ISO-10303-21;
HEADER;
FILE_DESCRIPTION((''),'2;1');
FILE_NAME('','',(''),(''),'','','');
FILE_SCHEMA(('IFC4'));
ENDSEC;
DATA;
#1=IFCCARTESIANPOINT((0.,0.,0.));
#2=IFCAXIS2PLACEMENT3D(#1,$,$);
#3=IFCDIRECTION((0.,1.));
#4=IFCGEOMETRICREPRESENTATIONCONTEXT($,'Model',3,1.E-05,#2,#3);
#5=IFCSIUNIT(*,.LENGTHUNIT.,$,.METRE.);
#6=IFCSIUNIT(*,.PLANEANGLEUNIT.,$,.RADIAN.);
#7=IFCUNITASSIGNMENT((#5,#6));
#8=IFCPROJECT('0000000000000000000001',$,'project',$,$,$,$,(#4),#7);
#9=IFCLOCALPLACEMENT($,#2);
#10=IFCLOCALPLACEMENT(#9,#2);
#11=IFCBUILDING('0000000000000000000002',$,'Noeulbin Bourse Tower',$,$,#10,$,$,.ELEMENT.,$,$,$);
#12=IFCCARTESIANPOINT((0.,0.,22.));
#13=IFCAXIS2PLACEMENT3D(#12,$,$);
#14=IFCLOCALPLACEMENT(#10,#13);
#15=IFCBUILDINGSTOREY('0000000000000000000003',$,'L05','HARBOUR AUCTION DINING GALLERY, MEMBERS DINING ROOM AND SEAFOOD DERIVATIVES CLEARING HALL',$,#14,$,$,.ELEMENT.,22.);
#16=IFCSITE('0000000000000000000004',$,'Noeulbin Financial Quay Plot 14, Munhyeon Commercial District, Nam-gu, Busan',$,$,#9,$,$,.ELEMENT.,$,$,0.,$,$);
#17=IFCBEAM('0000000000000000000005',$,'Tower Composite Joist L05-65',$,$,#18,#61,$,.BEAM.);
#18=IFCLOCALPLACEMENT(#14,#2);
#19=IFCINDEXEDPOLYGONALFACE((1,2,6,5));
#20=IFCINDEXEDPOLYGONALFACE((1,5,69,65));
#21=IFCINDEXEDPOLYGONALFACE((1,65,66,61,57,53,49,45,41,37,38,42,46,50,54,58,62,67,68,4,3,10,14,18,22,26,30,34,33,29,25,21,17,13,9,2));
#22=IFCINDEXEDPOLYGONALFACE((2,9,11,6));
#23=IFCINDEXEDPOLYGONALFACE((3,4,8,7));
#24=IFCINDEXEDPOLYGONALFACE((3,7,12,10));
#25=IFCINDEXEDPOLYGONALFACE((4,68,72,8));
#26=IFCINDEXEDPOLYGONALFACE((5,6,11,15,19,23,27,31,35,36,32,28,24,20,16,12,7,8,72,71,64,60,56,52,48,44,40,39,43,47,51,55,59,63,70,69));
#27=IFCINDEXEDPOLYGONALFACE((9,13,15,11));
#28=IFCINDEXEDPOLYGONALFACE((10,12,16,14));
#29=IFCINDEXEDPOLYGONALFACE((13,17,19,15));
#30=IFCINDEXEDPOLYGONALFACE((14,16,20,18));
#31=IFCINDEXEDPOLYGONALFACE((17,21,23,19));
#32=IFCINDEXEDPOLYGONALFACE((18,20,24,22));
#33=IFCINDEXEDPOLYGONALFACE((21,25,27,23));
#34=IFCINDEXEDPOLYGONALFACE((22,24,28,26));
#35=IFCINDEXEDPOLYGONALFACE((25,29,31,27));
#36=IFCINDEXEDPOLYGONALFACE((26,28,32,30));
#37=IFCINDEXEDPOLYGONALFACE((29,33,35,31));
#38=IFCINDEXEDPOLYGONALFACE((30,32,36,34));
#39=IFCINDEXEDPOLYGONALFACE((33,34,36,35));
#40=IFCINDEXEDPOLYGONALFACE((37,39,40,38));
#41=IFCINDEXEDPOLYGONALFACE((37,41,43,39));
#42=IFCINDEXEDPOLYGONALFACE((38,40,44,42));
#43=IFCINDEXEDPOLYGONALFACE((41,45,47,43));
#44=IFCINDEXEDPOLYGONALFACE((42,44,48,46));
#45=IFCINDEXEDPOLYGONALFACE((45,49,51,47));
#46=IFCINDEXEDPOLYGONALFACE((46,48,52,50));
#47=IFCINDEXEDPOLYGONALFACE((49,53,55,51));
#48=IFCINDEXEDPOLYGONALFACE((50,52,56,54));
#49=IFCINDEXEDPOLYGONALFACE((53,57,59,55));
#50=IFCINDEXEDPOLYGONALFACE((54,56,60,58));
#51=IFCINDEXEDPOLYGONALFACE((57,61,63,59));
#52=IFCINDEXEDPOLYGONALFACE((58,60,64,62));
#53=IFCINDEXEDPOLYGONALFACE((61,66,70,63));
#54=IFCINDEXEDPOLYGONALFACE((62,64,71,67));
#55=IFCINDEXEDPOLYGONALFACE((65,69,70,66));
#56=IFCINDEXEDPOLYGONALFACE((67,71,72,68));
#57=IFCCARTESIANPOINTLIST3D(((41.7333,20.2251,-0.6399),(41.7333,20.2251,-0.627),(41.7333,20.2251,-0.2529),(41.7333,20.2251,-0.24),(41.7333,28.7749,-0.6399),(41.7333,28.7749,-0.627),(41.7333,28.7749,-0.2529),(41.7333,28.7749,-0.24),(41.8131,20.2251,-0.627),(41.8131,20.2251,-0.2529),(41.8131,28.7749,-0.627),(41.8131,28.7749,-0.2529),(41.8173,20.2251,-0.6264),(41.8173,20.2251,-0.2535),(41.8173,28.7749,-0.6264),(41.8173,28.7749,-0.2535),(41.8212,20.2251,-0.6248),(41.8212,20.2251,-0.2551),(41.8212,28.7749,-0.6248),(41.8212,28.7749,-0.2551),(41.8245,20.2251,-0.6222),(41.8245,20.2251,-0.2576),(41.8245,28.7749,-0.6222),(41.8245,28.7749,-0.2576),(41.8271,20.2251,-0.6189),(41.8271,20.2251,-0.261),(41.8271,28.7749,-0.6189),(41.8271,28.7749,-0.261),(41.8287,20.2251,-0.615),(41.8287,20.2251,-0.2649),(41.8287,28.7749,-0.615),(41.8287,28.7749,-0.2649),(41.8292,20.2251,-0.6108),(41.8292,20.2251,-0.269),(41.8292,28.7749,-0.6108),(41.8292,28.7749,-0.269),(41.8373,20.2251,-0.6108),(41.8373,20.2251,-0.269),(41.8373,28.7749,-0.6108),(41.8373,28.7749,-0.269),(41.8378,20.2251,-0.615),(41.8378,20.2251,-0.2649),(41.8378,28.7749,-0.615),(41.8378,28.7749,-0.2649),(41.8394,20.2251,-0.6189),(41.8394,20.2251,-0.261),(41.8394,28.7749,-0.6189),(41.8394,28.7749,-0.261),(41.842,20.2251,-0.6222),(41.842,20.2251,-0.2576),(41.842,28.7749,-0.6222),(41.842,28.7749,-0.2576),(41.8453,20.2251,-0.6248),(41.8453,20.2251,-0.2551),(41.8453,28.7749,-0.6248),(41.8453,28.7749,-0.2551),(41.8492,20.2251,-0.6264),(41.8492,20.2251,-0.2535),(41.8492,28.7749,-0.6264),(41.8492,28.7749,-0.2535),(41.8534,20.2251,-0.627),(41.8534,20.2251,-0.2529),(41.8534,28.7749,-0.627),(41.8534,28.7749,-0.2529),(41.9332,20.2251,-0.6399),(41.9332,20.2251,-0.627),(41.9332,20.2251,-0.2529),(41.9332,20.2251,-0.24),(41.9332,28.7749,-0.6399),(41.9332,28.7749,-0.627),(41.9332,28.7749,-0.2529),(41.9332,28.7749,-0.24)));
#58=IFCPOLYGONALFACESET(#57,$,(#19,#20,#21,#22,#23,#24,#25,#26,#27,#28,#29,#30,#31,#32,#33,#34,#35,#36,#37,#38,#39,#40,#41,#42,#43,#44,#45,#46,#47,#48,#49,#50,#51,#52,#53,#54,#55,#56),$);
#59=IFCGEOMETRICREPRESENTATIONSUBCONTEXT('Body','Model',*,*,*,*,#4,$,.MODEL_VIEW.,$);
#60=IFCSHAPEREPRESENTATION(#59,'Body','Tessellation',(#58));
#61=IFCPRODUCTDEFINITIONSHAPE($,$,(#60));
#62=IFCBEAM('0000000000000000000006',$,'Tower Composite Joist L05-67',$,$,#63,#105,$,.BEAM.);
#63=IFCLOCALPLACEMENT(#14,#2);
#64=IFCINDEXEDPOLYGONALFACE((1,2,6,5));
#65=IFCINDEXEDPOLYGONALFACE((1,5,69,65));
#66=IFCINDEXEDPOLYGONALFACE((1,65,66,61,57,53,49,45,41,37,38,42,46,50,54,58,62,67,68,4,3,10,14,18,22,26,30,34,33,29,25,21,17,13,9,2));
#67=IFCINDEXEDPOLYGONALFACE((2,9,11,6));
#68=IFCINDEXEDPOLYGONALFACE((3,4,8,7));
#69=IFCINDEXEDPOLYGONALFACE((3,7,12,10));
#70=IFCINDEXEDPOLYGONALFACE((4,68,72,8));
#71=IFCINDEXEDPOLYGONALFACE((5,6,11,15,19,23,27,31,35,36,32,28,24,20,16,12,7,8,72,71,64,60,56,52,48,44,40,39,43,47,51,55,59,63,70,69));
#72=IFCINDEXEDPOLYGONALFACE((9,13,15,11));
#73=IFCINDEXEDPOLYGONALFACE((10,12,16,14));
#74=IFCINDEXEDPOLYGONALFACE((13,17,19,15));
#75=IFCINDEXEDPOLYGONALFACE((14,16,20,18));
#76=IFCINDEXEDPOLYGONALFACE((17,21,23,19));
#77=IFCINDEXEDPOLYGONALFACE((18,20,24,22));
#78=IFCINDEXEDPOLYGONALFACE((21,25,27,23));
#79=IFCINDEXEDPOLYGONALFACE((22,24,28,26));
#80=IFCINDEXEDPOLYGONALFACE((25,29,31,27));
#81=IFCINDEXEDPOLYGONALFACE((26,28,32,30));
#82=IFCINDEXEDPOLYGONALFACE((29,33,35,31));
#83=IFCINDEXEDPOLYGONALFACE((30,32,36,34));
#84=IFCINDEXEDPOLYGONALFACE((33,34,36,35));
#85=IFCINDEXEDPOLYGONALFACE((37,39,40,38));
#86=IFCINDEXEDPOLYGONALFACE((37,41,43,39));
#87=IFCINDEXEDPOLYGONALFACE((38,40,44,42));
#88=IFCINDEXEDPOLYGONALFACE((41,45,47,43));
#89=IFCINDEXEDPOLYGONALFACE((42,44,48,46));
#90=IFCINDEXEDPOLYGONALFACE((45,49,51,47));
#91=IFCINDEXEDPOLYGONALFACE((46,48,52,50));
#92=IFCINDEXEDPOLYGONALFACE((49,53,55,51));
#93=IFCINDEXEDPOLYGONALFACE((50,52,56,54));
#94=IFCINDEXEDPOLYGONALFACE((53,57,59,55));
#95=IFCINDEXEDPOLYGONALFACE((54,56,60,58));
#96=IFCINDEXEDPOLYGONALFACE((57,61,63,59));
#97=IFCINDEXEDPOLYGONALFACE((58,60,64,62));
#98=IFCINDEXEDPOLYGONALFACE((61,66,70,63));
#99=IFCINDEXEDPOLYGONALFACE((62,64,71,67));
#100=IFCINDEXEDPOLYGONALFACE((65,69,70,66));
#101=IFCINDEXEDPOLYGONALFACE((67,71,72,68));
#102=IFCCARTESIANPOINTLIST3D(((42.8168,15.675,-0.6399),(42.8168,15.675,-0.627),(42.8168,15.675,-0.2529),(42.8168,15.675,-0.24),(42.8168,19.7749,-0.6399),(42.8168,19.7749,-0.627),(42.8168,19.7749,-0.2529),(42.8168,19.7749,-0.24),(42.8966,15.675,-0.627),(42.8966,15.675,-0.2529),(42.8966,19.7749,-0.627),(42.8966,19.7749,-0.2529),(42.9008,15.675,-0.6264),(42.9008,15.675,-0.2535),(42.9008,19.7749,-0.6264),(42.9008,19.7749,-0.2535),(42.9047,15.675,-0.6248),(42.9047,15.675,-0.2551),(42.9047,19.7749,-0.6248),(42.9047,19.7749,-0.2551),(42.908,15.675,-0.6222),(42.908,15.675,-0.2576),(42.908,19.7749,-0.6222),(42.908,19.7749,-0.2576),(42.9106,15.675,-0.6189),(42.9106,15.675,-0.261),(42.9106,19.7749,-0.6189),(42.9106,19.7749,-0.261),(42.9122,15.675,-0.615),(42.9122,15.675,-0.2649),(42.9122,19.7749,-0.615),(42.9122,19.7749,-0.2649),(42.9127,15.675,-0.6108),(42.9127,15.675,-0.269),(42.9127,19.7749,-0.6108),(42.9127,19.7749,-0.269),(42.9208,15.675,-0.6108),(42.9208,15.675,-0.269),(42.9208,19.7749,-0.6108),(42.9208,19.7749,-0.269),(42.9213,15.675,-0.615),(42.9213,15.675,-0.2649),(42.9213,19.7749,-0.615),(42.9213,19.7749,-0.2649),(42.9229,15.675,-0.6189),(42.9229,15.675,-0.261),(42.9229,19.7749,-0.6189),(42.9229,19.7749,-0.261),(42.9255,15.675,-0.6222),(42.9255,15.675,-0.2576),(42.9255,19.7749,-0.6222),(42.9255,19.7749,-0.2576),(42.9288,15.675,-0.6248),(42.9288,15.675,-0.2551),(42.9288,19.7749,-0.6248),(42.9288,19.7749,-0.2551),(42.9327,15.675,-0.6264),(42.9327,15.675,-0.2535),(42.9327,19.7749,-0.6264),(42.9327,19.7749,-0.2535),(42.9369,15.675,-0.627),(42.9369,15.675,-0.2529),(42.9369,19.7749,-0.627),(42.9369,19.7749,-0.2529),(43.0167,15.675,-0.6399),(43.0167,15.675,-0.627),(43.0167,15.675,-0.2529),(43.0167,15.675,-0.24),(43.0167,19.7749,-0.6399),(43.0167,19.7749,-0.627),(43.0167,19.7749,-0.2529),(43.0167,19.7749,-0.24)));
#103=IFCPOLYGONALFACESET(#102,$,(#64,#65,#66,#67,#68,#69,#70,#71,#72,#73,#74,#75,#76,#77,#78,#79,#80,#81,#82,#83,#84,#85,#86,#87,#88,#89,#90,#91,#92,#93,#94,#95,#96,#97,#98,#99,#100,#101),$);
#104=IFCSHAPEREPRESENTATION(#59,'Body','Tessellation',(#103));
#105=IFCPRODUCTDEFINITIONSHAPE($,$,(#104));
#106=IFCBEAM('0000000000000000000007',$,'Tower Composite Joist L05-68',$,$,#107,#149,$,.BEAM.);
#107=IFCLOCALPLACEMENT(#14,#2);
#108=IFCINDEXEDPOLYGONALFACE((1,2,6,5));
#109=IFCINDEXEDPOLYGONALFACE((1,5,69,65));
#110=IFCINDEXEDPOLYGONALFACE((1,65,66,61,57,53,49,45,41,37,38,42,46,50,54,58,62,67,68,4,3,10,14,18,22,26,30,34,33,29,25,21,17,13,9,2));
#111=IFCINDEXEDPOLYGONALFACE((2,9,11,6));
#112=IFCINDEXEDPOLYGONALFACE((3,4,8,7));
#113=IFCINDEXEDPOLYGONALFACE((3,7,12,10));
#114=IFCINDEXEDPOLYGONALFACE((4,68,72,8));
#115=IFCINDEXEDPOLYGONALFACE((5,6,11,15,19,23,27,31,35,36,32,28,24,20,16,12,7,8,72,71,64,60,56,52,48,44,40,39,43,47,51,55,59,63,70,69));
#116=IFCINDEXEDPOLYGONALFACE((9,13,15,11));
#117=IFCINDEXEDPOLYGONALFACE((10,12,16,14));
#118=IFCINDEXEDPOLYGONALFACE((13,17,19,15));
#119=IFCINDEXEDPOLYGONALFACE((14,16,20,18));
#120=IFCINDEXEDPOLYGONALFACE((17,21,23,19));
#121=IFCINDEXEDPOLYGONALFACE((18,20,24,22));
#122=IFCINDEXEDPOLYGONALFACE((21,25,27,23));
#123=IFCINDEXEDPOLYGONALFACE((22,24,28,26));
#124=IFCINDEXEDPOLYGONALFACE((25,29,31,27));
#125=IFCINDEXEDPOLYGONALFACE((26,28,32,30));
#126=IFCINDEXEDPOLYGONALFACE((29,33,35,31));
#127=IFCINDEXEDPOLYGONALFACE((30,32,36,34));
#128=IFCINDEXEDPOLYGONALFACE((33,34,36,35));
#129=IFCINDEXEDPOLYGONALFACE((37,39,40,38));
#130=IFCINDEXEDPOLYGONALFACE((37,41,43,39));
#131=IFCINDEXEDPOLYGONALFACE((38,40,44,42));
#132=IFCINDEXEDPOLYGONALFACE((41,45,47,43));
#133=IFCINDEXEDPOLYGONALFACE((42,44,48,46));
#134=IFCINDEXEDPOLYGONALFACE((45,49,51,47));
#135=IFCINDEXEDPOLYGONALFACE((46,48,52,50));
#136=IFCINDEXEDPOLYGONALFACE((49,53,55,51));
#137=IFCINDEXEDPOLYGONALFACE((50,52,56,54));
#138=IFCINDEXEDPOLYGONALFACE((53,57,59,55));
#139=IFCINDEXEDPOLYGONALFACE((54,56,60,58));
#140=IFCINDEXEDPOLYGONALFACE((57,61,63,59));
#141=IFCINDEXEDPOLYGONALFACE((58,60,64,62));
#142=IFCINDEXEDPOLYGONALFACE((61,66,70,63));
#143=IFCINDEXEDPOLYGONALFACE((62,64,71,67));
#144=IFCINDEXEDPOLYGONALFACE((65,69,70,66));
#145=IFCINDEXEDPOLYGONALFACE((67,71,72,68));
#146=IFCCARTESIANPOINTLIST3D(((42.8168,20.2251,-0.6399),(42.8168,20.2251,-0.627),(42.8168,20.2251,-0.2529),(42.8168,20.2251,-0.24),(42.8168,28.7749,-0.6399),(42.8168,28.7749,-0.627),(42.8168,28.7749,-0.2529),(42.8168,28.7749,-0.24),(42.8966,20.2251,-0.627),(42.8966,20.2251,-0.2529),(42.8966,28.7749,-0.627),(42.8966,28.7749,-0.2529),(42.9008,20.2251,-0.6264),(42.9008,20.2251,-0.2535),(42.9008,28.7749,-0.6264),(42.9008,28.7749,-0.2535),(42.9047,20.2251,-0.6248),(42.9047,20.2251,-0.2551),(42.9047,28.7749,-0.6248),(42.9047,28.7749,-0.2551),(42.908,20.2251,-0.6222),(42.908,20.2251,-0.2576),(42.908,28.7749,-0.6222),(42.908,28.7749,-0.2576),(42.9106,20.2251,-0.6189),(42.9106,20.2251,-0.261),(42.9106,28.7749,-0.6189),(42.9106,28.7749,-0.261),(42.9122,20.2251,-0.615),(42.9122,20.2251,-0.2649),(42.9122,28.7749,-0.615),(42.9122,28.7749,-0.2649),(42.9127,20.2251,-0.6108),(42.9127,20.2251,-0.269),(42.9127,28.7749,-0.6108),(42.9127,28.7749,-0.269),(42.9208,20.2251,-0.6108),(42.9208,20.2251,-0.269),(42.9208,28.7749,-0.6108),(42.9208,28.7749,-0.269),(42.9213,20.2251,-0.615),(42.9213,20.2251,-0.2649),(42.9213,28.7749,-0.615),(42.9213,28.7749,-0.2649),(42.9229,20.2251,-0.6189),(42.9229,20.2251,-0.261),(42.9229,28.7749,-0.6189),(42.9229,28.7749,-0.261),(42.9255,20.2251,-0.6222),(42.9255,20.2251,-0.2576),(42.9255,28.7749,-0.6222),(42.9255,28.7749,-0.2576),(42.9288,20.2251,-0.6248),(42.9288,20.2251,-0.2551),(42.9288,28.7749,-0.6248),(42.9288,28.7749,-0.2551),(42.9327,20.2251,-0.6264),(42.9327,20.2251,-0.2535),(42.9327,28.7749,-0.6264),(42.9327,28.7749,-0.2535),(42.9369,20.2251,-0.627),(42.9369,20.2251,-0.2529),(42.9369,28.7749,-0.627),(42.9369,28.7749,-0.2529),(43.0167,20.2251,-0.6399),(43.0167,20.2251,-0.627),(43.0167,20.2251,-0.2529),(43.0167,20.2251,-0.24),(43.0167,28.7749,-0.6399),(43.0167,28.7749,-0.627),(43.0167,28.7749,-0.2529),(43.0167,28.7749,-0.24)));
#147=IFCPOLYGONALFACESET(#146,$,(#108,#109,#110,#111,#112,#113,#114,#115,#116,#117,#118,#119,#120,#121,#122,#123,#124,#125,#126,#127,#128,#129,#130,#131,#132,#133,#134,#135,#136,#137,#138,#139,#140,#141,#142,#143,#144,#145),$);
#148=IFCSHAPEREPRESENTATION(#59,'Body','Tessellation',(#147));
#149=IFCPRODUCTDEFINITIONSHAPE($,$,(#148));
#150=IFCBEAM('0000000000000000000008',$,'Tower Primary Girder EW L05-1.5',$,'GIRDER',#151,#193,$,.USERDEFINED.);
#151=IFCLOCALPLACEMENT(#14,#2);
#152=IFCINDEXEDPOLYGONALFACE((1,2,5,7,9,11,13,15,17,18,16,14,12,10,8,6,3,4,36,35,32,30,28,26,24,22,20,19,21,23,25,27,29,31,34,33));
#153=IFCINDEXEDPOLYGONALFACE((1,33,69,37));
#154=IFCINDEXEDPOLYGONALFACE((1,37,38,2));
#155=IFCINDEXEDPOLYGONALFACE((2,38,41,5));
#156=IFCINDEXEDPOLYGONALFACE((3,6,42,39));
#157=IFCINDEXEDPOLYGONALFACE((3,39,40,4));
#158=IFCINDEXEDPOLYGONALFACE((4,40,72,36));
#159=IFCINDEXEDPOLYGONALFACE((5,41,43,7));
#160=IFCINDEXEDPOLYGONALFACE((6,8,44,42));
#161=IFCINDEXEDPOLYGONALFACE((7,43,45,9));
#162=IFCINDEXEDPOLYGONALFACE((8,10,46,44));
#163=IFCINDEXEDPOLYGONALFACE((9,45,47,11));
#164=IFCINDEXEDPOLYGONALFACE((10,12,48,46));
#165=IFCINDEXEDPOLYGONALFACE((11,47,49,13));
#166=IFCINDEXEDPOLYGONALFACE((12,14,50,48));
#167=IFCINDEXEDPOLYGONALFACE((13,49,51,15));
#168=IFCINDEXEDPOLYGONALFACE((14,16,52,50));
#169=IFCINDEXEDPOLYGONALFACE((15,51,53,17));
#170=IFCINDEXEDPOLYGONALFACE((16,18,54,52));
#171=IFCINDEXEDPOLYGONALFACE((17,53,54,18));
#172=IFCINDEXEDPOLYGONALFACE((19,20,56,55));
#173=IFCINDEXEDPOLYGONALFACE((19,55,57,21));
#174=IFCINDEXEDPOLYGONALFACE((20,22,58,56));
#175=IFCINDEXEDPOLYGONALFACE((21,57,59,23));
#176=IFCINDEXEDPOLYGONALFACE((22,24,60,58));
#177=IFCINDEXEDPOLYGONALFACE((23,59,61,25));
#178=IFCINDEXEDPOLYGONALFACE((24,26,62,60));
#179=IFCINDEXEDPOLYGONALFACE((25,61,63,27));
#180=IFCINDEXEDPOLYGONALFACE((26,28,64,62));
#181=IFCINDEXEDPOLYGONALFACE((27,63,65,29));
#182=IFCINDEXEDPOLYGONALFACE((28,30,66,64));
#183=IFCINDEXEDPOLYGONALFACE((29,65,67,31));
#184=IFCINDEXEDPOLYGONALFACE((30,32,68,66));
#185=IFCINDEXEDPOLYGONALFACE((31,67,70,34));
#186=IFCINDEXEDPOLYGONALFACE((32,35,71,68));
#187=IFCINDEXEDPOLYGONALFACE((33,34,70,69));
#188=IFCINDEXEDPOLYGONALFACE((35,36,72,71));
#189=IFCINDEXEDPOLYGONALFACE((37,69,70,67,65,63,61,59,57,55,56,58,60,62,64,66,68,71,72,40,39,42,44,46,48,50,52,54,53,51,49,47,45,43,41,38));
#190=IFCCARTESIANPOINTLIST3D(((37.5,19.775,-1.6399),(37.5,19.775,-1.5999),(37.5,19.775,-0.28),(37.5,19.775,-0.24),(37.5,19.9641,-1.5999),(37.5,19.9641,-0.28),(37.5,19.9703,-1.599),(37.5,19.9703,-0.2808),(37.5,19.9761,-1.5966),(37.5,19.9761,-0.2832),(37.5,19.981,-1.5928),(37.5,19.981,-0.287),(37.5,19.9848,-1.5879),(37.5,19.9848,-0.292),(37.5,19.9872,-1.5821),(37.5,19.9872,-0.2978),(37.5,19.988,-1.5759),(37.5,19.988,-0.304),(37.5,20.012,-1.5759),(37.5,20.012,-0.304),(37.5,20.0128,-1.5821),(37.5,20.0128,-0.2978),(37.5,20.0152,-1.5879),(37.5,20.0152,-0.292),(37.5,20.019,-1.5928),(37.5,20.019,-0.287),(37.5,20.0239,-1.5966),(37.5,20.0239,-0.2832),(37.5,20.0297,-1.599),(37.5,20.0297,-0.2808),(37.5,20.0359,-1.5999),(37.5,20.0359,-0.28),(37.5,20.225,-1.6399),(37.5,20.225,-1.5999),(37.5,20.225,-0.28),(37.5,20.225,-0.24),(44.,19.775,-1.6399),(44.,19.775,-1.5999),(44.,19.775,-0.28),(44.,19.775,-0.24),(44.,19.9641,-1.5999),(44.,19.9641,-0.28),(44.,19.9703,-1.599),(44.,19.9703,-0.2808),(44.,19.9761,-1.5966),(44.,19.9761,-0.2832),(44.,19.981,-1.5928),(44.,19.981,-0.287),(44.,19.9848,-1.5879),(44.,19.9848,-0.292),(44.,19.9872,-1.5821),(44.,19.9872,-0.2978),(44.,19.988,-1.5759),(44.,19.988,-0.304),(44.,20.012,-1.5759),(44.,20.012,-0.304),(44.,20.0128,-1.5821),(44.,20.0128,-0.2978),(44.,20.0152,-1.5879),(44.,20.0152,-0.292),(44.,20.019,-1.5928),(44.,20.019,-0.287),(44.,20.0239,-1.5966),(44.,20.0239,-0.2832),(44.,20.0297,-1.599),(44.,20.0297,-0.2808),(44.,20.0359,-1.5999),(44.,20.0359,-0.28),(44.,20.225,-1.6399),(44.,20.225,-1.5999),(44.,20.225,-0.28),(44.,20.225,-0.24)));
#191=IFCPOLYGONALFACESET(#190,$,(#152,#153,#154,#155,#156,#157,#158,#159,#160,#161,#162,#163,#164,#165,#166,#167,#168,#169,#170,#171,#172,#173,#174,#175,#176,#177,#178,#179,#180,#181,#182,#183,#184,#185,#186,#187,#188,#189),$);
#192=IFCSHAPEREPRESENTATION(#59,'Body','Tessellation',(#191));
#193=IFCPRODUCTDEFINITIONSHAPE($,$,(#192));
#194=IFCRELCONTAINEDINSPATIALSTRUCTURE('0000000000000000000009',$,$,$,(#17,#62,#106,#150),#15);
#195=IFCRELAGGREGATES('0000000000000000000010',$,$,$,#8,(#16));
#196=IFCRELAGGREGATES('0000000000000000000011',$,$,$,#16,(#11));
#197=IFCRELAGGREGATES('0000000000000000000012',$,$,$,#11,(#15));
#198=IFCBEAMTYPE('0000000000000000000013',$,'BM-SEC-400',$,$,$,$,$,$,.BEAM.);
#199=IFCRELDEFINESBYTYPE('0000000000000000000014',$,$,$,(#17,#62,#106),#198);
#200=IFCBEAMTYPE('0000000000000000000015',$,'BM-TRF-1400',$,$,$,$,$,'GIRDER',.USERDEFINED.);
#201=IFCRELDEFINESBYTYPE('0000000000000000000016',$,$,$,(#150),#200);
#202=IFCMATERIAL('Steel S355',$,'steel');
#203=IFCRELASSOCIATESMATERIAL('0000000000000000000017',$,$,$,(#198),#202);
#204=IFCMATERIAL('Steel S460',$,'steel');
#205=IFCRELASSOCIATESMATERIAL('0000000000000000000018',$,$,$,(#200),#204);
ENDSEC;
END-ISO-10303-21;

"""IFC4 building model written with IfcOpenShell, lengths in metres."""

from ifc_helpers import new_model, si_unit, direction, frame, origin, origin_2d, place, context, subcontext, project, spatial, i_section, extrude, material, material_profile, profile_set, type_object, element, save


model = new_model("IFC4")

# Units and contexts
model_context = context("Model", 3, precision=1e-05, world=origin(), true_north=direction((0.0, 1.0)))
body_context = subcontext(model_context, "Body", "Model", "MODEL_VIEW")
ifc_project = project(units=[si_unit("LENGTHUNIT", "METRE"), si_unit("PLANEANGLEUNIT", "RADIAN")], contexts=[model_context])

# Site, building, storey
site_placement = place(None, origin())
site = spatial("IfcSite", under=ifc_project, at=site_placement, Name="Noeulbin Financial Quay Plot 14, Munhyeon Commercial District, Nam-gu, Busan", CompositionType="ELEMENT", RefElevation=0.0)
building_placement = place(site_placement, origin())
building = spatial("IfcBuilding", under=site, at=building_placement, Name="Noeulbin Bourse Tower", CompositionType="ELEMENT")
storey_placement = place(building_placement, frame((0.0, 0.0, 22.0)))
storey = spatial("IfcBuildingStorey", under=building, at=storey_placement, Name="L05", Description="HARBOUR AUCTION DINING GALLERY, MEMBERS DINING ROOM AND SEAFOOD DERIVATIVES CLEARING HALL", CompositionType="ELEMENT", Elevation=22.0)

# Shared definitions
ifc_material_1 = material(Name="Steel S460", Category="steel")

# Beams
ifc_material_2 = material(Name="Steel S355", Category="steel")
ifc_material_profile_1 = material_profile(ifc_material_2, i_section(OverallWidth=0.2, OverallDepth=0.3999, WebThickness=0.0081, FlangeThickness=0.0129, FilletRadius=0.0161, at=origin_2d()), Name="H-400x200x8x13", Category="LoadBearing")
ifc_profile_set_1 = profile_set([ifc_material_profile_1], Name="Steel S355")
beam_type_1 = type_object("IfcBeamType", Name="BM-SEC-400", PredefinedType="BEAM", material=ifc_profile_set_1)
beam_1_placement = place(storey_placement, frame((41.8333, 20.2251, -0.4399), z_axis=(0.0, 1.0, 0.0), x_axis=(-1.0, 0.0, 0.0)))
element("IfcBeam", 1, at=beam_1_placement, inside=storey, type_object=beam_type_1, Name="Tower Composite Joist L05-65", PredefinedType="BEAM", context=body_context, shape_type="SweptSolid", body=[
    extrude(i_section(OverallWidth=0.2, OverallDepth=0.3999, WebThickness=0.0081, FlangeThickness=0.0129, FilletRadius=0.0161, at=origin_2d()), origin(), (0.0, 0.0, 1.0), 8.5498),
])
beam_2_placement = place(storey_placement, frame((42.9167, 15.675, -0.4399), z_axis=(0.0, 1.0, 0.0), x_axis=(-1.0, 0.0, 0.0)))
element("IfcBeam", 2, at=beam_2_placement, inside=storey, type_object=beam_type_1, Name="Tower Composite Joist L05-67", PredefinedType="BEAM", context=body_context, shape_type="SweptSolid", body=[
    extrude(i_section(OverallWidth=0.2, OverallDepth=0.3999, WebThickness=0.0081, FlangeThickness=0.0129, FilletRadius=0.0161, at=origin_2d()), origin(), (0.0, 0.0, 1.0), 4.0999),
])
beam_3_placement = place(storey_placement, frame((42.9167, 20.2251, -0.4399), z_axis=(0.0, 1.0, 0.0), x_axis=(-1.0, 0.0, 0.0)))
element("IfcBeam", 3, at=beam_3_placement, inside=storey, type_object=beam_type_1, Name="Tower Composite Joist L05-68", PredefinedType="BEAM", context=body_context, shape_type="SweptSolid", body=[
    extrude(i_section(OverallWidth=0.2, OverallDepth=0.3999, WebThickness=0.0081, FlangeThickness=0.0129, FilletRadius=0.0161, at=origin_2d()), origin(), (0.0, 0.0, 1.0), 8.5498),
])
ifc_material_profile_2 = material_profile(ifc_material_1, i_section(OverallWidth=0.45, OverallDepth=1.3999, WebThickness=0.0239, FlangeThickness=0.04, FilletRadius=0.0239, at=origin_2d()), Name="PG-1400x450x24x40", Category="LoadBearing")
ifc_profile_set_2 = profile_set([ifc_material_profile_2], Name="Steel S460")
beam_type_2 = type_object("IfcBeamType", Name="BM-TRF-1400", ElementType="GIRDER", PredefinedType="USERDEFINED", material=ifc_profile_set_2)
beam_4_placement = place(storey_placement, frame((37.5, 20.0, -0.9399), z_axis=(1.0, 0.0, 0.0), x_axis=(0.0, 1.0, 0.0)))
element("IfcBeam", 4, at=beam_4_placement, inside=storey, type_object=beam_type_2, Name="Tower Primary Girder EW L05-1.5", ObjectType="GIRDER", PredefinedType="USERDEFINED", context=body_context, shape_type="SweptSolid", body=[
    extrude(i_section(OverallWidth=0.45, OverallDepth=1.3999, WebThickness=0.0239, FlangeThickness=0.04, FilletRadius=0.0239, at=origin_2d()), origin(), (0.0, 0.0, 1.0), 6.5),
])

save(model, "model.ifc")
